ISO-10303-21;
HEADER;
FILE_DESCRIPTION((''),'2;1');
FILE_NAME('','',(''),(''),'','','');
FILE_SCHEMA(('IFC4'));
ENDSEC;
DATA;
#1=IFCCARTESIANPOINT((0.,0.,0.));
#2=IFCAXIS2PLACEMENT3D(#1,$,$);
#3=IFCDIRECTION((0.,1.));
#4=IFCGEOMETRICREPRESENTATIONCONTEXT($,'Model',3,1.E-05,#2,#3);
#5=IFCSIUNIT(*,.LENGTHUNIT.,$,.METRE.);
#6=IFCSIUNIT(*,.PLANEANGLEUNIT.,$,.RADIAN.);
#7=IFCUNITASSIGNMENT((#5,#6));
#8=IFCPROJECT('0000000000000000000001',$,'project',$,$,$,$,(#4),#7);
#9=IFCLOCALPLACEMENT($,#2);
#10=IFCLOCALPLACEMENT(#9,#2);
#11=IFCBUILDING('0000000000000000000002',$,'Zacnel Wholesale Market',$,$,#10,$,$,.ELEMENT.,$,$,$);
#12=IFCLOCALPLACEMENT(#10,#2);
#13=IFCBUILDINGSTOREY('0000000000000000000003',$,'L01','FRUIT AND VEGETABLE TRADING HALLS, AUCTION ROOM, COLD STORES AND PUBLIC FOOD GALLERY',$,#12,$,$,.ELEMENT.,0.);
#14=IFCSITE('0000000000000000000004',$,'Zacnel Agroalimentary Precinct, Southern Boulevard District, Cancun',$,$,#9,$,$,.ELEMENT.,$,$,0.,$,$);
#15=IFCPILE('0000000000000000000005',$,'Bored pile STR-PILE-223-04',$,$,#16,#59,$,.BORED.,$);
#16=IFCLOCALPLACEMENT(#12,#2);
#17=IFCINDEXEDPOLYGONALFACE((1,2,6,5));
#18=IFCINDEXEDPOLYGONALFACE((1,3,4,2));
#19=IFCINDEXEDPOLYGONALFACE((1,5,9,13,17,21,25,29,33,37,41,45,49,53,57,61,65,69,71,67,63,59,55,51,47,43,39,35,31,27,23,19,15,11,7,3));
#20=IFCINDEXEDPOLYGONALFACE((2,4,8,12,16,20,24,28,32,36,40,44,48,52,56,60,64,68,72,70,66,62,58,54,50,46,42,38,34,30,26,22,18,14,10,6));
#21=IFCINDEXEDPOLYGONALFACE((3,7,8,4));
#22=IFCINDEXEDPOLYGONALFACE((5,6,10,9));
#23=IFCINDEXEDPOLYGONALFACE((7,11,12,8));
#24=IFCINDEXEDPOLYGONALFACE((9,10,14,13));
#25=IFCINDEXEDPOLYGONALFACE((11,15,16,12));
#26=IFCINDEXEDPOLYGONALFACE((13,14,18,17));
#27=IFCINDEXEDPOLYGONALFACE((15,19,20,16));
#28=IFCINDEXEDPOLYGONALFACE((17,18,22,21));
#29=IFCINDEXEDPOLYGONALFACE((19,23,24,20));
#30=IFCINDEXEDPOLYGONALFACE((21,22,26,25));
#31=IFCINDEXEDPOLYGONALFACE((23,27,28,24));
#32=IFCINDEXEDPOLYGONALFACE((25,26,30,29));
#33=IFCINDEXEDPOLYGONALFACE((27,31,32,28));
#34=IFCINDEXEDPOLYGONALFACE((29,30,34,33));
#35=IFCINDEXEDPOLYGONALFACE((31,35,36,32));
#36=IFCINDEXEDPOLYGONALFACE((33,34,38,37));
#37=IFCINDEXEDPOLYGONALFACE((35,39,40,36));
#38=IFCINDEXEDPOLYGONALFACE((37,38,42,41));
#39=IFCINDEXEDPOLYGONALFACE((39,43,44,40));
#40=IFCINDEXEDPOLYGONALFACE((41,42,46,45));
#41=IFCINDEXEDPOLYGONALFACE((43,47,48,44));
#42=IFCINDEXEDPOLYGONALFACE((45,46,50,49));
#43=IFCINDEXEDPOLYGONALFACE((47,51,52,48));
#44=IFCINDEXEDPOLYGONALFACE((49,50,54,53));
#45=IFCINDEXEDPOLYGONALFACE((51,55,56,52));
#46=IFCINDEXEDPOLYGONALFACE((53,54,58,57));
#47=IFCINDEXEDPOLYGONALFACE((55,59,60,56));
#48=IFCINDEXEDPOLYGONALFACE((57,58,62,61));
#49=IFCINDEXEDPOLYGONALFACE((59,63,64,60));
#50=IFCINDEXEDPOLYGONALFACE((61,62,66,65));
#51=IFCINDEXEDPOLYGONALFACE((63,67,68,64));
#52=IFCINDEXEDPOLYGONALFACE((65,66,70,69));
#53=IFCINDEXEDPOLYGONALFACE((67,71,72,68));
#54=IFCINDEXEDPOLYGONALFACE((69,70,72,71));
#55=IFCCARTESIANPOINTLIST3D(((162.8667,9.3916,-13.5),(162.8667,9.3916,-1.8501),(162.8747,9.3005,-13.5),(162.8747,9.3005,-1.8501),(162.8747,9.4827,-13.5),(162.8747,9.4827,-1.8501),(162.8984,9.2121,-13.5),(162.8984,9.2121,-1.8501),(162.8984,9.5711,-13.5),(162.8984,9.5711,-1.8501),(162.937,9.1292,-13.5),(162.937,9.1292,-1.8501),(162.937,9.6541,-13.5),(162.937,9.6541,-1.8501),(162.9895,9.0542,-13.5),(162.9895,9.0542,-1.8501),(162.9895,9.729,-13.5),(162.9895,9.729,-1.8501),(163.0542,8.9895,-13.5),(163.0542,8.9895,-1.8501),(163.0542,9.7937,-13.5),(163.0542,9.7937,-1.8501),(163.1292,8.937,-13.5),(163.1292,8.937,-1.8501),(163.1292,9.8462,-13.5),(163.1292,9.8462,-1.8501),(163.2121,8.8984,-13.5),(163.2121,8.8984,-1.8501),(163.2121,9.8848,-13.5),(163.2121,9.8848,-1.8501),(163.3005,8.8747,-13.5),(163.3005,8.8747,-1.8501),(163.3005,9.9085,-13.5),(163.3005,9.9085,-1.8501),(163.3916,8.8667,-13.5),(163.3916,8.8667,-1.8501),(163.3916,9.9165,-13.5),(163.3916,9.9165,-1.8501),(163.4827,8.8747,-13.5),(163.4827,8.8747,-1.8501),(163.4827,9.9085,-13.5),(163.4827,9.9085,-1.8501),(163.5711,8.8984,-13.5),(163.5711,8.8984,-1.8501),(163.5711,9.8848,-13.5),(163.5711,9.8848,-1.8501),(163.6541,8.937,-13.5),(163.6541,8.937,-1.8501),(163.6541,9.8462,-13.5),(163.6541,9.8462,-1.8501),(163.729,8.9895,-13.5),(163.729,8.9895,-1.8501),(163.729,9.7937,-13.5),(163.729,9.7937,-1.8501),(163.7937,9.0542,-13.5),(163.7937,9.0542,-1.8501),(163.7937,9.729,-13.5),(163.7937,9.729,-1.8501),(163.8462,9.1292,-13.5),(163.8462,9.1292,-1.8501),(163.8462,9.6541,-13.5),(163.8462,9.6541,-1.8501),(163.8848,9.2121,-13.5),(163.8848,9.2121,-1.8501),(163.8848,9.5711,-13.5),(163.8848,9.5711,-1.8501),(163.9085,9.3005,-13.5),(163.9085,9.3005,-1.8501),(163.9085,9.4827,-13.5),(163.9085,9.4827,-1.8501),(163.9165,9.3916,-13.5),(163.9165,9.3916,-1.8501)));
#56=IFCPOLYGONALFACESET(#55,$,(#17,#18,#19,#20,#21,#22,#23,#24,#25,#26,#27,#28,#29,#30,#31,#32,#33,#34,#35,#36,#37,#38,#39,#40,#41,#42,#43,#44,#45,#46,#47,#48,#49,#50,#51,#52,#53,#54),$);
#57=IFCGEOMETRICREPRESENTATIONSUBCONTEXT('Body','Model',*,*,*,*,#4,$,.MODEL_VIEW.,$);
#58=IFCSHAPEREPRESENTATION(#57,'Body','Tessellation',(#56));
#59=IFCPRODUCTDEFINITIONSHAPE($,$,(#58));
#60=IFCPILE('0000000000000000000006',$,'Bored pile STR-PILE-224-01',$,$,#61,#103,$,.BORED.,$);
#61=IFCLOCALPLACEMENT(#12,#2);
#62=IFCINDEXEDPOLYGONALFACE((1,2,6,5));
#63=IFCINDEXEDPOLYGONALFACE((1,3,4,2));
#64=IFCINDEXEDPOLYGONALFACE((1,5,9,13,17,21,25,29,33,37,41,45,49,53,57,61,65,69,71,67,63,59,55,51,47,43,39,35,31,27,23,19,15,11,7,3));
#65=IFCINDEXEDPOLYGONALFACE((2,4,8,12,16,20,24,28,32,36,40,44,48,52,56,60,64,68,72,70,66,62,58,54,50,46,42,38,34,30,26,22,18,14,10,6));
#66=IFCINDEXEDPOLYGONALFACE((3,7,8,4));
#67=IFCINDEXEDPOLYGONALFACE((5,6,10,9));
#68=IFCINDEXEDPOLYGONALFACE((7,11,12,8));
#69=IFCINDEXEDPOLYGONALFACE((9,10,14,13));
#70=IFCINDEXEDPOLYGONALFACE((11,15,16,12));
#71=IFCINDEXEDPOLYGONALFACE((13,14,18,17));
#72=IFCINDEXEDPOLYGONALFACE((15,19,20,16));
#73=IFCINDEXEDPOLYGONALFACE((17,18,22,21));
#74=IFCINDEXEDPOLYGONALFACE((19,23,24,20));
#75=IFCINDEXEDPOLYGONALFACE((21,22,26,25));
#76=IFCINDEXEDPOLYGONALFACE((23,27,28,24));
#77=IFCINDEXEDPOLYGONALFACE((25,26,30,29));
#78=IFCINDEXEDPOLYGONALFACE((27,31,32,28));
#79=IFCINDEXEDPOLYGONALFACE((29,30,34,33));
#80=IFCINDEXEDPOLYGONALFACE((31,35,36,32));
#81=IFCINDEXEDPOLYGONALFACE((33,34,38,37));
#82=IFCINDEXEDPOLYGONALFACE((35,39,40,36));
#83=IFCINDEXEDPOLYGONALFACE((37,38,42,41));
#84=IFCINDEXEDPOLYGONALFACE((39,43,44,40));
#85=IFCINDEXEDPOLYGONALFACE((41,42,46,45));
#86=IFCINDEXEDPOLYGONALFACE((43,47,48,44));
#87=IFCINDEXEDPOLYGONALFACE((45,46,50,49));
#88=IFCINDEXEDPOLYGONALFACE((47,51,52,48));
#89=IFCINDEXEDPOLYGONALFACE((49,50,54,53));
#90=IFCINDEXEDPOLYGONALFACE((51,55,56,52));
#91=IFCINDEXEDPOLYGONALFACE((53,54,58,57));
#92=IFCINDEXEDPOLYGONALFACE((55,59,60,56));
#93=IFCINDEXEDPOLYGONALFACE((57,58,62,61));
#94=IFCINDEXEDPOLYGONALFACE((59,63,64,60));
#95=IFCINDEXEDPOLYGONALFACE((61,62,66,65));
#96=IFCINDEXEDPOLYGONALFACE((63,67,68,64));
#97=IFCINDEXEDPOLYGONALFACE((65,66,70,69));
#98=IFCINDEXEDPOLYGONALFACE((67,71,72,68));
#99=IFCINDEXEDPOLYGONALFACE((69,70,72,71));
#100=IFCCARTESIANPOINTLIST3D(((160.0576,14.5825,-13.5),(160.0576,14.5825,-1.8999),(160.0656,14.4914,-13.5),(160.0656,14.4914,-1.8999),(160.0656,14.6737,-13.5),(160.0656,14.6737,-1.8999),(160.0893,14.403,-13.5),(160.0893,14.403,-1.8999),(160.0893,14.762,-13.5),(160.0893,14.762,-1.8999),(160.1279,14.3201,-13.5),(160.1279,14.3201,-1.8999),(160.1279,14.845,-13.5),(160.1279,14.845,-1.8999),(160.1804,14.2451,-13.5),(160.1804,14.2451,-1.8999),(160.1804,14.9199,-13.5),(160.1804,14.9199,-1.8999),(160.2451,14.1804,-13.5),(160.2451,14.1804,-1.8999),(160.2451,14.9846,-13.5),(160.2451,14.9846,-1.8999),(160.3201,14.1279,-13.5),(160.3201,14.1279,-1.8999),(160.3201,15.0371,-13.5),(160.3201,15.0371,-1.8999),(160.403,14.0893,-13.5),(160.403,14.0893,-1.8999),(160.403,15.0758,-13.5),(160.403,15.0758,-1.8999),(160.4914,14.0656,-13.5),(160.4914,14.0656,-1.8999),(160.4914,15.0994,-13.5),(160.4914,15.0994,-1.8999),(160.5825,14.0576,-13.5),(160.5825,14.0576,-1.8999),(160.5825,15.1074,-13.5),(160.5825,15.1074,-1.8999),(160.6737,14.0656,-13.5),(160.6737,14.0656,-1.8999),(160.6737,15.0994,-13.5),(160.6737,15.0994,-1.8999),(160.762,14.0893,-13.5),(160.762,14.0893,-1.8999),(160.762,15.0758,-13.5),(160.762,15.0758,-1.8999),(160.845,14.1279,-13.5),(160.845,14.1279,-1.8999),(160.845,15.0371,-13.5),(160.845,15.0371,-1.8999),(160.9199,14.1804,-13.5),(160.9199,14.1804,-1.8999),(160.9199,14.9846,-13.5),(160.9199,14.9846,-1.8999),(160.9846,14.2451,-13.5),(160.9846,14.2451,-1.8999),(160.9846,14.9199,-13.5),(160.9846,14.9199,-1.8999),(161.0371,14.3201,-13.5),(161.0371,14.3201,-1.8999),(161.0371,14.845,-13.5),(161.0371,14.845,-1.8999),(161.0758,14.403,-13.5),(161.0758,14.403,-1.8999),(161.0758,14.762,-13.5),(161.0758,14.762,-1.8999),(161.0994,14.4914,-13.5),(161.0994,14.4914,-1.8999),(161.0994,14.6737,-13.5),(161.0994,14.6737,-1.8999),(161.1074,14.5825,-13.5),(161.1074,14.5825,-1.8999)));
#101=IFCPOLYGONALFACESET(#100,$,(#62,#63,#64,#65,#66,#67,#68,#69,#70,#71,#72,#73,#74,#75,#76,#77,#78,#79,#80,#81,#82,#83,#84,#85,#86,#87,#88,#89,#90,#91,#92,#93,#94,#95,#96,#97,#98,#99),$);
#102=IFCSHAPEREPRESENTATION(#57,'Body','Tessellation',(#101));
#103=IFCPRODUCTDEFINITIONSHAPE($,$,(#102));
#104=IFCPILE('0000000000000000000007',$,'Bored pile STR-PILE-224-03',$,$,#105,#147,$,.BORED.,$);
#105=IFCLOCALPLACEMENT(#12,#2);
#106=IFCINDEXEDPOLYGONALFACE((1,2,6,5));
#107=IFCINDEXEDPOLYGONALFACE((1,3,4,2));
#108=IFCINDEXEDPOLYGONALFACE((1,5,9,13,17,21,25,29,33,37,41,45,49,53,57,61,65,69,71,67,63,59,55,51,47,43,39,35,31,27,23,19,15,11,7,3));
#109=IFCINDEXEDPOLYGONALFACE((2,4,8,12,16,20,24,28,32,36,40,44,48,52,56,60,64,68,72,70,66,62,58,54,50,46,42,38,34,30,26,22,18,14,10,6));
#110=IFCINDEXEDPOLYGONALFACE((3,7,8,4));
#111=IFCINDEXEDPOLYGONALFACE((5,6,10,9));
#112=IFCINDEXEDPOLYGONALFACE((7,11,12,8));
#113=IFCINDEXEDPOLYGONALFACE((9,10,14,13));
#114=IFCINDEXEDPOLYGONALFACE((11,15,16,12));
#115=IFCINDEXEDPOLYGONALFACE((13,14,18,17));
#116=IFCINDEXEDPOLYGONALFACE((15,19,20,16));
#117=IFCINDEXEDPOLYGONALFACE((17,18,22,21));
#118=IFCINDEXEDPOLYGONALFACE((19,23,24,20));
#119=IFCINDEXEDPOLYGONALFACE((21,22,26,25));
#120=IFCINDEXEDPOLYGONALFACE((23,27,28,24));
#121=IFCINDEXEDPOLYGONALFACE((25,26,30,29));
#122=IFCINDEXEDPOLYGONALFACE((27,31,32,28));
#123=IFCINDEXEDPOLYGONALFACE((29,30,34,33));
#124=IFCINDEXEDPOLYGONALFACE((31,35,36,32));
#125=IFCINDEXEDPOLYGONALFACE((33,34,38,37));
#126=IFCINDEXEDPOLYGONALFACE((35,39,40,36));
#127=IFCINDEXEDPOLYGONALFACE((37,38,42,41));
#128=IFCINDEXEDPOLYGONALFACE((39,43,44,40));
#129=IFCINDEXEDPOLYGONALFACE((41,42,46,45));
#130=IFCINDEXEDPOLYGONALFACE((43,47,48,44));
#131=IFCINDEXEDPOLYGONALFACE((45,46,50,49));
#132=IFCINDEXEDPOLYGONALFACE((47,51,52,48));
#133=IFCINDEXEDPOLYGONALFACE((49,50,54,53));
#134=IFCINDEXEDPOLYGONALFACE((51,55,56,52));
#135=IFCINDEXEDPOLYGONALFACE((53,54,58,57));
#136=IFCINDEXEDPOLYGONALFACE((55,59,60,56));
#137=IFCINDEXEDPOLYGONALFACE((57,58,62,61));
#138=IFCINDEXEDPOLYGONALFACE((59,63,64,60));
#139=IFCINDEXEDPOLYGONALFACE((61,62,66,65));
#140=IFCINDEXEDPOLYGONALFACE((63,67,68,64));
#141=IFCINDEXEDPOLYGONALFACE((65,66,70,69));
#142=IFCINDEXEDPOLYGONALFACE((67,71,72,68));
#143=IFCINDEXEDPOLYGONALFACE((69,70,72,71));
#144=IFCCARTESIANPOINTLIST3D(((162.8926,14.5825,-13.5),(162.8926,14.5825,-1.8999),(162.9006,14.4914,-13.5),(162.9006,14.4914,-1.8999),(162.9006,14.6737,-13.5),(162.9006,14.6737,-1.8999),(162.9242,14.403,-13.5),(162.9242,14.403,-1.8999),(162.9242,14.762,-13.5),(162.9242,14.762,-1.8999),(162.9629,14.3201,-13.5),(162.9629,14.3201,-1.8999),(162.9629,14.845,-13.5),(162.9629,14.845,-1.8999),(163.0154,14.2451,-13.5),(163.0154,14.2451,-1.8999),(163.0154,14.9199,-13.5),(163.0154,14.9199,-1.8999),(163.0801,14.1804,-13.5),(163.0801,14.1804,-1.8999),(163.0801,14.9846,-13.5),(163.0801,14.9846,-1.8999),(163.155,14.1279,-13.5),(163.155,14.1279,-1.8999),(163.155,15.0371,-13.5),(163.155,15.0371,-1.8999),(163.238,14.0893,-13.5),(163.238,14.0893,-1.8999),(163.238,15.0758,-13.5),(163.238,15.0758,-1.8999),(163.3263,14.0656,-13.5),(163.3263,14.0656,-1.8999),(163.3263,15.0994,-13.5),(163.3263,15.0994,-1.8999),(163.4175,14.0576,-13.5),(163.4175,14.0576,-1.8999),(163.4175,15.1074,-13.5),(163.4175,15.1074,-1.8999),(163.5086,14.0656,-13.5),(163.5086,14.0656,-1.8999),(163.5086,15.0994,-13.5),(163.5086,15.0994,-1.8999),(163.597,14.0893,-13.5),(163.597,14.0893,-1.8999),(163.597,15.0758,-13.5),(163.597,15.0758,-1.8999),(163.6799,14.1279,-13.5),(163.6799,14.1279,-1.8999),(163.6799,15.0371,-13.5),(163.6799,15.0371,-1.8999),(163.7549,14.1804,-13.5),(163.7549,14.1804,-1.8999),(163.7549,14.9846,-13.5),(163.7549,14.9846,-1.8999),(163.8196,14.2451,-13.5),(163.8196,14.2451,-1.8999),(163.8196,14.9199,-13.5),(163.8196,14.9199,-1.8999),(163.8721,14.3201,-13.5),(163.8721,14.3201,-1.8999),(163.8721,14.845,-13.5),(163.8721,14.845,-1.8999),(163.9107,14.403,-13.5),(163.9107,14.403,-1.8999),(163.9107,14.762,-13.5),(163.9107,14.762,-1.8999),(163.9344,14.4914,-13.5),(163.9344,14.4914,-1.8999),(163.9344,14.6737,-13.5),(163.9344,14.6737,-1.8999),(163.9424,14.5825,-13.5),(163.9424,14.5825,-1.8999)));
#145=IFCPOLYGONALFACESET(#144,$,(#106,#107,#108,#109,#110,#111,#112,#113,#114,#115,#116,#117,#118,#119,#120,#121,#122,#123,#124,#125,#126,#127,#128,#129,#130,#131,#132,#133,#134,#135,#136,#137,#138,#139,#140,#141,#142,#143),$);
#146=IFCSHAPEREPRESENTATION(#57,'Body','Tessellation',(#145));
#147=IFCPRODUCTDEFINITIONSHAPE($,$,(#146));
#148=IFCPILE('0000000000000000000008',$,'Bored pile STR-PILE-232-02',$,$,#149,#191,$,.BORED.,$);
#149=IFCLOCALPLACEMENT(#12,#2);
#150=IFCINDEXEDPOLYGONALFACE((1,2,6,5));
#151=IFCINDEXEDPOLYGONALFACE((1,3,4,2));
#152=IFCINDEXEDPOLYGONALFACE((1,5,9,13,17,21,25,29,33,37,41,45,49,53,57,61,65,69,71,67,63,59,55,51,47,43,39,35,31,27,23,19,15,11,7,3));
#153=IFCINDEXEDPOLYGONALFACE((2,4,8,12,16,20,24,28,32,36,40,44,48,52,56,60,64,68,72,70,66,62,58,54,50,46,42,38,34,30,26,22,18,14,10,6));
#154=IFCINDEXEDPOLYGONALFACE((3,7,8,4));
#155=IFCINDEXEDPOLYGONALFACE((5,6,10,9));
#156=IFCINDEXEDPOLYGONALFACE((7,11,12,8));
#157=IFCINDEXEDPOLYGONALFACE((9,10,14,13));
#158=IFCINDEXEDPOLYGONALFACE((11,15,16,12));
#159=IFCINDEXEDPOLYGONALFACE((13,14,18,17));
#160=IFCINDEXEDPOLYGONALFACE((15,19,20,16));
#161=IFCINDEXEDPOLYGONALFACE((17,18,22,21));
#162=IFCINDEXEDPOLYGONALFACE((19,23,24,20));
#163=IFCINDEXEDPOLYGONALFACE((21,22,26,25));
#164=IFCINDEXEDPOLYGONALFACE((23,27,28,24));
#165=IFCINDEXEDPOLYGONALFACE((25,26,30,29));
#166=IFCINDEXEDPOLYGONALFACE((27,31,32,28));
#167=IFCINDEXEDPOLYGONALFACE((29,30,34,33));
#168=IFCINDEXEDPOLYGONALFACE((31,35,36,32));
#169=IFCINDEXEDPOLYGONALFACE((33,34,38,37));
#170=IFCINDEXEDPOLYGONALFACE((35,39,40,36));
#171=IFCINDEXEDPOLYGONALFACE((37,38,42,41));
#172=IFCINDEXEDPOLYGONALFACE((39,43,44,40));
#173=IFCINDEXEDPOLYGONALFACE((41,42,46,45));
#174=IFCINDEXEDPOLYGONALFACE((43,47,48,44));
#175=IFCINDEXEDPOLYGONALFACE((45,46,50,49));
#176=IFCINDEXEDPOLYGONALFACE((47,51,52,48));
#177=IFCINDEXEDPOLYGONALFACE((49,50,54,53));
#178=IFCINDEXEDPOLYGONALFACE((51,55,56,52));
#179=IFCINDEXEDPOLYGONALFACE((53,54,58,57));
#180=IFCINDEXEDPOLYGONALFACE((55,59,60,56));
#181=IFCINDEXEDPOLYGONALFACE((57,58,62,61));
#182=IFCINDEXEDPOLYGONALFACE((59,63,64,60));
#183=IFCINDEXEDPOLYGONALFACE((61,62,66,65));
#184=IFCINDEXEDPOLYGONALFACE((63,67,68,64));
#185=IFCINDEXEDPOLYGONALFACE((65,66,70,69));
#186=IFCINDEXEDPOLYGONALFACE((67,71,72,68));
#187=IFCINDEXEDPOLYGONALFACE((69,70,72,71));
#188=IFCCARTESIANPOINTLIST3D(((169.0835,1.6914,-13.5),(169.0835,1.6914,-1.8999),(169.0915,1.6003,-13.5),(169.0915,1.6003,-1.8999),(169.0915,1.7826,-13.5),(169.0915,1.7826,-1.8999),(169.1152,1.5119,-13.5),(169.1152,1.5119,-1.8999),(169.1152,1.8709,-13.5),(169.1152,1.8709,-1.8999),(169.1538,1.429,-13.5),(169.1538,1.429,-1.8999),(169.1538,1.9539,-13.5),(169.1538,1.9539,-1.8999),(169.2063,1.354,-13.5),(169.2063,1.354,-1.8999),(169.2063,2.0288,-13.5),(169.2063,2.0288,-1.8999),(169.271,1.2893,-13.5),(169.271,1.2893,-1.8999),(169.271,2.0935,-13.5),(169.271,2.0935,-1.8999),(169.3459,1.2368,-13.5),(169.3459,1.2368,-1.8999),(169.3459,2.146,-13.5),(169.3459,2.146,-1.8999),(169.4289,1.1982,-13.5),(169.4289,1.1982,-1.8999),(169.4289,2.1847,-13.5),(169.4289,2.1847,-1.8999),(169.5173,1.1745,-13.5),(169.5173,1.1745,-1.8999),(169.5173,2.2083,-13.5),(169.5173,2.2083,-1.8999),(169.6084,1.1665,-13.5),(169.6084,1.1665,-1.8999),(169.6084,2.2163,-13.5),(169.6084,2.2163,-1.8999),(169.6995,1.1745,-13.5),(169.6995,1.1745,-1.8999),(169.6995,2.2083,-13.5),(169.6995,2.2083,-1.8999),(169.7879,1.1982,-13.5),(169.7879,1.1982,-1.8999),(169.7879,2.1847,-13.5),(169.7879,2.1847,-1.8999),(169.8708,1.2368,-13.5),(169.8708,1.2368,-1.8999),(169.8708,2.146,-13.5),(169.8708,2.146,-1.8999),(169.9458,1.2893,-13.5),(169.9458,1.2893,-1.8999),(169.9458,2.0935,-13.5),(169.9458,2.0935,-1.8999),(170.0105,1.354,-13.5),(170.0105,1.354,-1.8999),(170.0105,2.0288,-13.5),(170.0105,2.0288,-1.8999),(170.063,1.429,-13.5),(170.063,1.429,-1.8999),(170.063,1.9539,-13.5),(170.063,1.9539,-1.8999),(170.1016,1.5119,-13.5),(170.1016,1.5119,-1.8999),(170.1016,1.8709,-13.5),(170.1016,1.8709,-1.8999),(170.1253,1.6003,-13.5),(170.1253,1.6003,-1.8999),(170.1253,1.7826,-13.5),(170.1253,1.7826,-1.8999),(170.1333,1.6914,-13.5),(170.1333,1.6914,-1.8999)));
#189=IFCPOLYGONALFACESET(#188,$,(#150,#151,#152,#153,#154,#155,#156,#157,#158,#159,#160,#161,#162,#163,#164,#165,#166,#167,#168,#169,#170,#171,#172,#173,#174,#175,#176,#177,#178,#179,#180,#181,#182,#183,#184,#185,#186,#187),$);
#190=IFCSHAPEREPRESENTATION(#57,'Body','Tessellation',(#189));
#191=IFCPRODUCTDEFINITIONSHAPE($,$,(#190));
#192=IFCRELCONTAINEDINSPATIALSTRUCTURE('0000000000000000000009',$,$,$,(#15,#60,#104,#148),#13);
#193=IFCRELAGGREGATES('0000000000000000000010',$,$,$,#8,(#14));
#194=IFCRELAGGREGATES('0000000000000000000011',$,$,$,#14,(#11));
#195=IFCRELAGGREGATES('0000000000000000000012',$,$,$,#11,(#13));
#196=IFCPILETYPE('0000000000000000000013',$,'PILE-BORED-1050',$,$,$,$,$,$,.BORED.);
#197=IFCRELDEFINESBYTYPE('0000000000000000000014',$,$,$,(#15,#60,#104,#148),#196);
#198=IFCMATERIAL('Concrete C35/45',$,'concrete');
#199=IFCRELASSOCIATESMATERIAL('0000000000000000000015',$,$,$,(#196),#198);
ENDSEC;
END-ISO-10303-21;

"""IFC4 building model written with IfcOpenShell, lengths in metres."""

from ifc_helpers import new_model, si_unit, direction, frame, origin, origin_2d, place, context, subcontext, project, spatial, circle, extrude, material, material_profile, profile_set, type_object, element, save


model = new_model("IFC4")

# Units and contexts
model_context = context("Model", 3, precision=1e-05, world=origin(), true_north=direction((0.0, 1.0)))
body_context = subcontext(model_context, "Body", "Model", "MODEL_VIEW")
ifc_project = project(units=[si_unit("LENGTHUNIT", "METRE"), si_unit("PLANEANGLEUNIT", "RADIAN")], contexts=[model_context])

# Site, building, storey
site_placement = place(None, origin())
site = spatial("IfcSite", under=ifc_project, at=site_placement, Name="Zacnel Agroalimentary Precinct, Southern Boulevard District, Cancun", CompositionType="ELEMENT", RefElevation=0.0)
building_placement = place(site_placement, origin())
building = spatial("IfcBuilding", under=site, at=building_placement, Name="Zacnel Wholesale Market", CompositionType="ELEMENT")
storey_placement = place(building_placement, origin())
storey = spatial("IfcBuildingStorey", under=building, at=storey_placement, Name="L01", Description="FRUIT AND VEGETABLE TRADING HALLS, AUCTION ROOM, COLD STORES AND PUBLIC FOOD GALLERY", CompositionType="ELEMENT", Elevation=0.0)

# Piles
ifc_material_1 = material(Name="Concrete C35/45", Category="concrete")
ifc_material_profile_1 = material_profile(ifc_material_1, circle(Radius=0.5249, at=origin_2d()), Name="BORED PILE D1050")
ifc_profile_set_1 = profile_set([ifc_material_profile_1], Name="Concrete C35/45")
pile_type = type_object("IfcPileType", Name="PILE-BORED-1050", PredefinedType="BORED", material=ifc_profile_set_1)
for number, where, z_axis, x_axis, name in (
    (1, (163.3916, 9.3916, -1.8501), (0.0, 0.0, -1.0), (1.0, 0.0, 0.0), "Bored pile STR-PILE-223-04"),
):
    element("IfcPile", number, at=place(storey_placement, frame(where, z_axis=z_axis, x_axis=x_axis)), inside=storey, type_object=pile_type, Name=name, PredefinedType="BORED", context=body_context, shape_type="SweptSolid", body=[
        extrude(circle(Radius=0.5249, at=origin_2d()), origin(), (0.0, 0.0, 1.0), 11.6499),
    ])
for number, where, z_axis, x_axis, name in (
    (2, (160.5825, 14.5825, -1.8999), (0.0, 0.0, -1.0), (1.0, 0.0, 0.0), "Bored pile STR-PILE-224-01"),
    (3, (163.4175, 14.5825, -1.8999), (0.0, 0.0, -1.0), (1.0, 0.0, 0.0), "Bored pile STR-PILE-224-03"),
    (4, (169.6084, 1.6914, -1.8999), (0.0, 0.0, -1.0), (1.0, 0.0, 0.0), "Bored pile STR-PILE-232-02"),
):
    element("IfcPile", number, at=place(storey_placement, frame(where, z_axis=z_axis, x_axis=x_axis)), inside=storey, type_object=pile_type, Name=name, PredefinedType="BORED", context=body_context, shape_type="SweptSolid", body=[
        extrude(circle(Radius=0.5249, at=origin_2d()), origin(), (0.0, 0.0, 1.0), 11.6001),
    ])

save(model, "model.ifc")
